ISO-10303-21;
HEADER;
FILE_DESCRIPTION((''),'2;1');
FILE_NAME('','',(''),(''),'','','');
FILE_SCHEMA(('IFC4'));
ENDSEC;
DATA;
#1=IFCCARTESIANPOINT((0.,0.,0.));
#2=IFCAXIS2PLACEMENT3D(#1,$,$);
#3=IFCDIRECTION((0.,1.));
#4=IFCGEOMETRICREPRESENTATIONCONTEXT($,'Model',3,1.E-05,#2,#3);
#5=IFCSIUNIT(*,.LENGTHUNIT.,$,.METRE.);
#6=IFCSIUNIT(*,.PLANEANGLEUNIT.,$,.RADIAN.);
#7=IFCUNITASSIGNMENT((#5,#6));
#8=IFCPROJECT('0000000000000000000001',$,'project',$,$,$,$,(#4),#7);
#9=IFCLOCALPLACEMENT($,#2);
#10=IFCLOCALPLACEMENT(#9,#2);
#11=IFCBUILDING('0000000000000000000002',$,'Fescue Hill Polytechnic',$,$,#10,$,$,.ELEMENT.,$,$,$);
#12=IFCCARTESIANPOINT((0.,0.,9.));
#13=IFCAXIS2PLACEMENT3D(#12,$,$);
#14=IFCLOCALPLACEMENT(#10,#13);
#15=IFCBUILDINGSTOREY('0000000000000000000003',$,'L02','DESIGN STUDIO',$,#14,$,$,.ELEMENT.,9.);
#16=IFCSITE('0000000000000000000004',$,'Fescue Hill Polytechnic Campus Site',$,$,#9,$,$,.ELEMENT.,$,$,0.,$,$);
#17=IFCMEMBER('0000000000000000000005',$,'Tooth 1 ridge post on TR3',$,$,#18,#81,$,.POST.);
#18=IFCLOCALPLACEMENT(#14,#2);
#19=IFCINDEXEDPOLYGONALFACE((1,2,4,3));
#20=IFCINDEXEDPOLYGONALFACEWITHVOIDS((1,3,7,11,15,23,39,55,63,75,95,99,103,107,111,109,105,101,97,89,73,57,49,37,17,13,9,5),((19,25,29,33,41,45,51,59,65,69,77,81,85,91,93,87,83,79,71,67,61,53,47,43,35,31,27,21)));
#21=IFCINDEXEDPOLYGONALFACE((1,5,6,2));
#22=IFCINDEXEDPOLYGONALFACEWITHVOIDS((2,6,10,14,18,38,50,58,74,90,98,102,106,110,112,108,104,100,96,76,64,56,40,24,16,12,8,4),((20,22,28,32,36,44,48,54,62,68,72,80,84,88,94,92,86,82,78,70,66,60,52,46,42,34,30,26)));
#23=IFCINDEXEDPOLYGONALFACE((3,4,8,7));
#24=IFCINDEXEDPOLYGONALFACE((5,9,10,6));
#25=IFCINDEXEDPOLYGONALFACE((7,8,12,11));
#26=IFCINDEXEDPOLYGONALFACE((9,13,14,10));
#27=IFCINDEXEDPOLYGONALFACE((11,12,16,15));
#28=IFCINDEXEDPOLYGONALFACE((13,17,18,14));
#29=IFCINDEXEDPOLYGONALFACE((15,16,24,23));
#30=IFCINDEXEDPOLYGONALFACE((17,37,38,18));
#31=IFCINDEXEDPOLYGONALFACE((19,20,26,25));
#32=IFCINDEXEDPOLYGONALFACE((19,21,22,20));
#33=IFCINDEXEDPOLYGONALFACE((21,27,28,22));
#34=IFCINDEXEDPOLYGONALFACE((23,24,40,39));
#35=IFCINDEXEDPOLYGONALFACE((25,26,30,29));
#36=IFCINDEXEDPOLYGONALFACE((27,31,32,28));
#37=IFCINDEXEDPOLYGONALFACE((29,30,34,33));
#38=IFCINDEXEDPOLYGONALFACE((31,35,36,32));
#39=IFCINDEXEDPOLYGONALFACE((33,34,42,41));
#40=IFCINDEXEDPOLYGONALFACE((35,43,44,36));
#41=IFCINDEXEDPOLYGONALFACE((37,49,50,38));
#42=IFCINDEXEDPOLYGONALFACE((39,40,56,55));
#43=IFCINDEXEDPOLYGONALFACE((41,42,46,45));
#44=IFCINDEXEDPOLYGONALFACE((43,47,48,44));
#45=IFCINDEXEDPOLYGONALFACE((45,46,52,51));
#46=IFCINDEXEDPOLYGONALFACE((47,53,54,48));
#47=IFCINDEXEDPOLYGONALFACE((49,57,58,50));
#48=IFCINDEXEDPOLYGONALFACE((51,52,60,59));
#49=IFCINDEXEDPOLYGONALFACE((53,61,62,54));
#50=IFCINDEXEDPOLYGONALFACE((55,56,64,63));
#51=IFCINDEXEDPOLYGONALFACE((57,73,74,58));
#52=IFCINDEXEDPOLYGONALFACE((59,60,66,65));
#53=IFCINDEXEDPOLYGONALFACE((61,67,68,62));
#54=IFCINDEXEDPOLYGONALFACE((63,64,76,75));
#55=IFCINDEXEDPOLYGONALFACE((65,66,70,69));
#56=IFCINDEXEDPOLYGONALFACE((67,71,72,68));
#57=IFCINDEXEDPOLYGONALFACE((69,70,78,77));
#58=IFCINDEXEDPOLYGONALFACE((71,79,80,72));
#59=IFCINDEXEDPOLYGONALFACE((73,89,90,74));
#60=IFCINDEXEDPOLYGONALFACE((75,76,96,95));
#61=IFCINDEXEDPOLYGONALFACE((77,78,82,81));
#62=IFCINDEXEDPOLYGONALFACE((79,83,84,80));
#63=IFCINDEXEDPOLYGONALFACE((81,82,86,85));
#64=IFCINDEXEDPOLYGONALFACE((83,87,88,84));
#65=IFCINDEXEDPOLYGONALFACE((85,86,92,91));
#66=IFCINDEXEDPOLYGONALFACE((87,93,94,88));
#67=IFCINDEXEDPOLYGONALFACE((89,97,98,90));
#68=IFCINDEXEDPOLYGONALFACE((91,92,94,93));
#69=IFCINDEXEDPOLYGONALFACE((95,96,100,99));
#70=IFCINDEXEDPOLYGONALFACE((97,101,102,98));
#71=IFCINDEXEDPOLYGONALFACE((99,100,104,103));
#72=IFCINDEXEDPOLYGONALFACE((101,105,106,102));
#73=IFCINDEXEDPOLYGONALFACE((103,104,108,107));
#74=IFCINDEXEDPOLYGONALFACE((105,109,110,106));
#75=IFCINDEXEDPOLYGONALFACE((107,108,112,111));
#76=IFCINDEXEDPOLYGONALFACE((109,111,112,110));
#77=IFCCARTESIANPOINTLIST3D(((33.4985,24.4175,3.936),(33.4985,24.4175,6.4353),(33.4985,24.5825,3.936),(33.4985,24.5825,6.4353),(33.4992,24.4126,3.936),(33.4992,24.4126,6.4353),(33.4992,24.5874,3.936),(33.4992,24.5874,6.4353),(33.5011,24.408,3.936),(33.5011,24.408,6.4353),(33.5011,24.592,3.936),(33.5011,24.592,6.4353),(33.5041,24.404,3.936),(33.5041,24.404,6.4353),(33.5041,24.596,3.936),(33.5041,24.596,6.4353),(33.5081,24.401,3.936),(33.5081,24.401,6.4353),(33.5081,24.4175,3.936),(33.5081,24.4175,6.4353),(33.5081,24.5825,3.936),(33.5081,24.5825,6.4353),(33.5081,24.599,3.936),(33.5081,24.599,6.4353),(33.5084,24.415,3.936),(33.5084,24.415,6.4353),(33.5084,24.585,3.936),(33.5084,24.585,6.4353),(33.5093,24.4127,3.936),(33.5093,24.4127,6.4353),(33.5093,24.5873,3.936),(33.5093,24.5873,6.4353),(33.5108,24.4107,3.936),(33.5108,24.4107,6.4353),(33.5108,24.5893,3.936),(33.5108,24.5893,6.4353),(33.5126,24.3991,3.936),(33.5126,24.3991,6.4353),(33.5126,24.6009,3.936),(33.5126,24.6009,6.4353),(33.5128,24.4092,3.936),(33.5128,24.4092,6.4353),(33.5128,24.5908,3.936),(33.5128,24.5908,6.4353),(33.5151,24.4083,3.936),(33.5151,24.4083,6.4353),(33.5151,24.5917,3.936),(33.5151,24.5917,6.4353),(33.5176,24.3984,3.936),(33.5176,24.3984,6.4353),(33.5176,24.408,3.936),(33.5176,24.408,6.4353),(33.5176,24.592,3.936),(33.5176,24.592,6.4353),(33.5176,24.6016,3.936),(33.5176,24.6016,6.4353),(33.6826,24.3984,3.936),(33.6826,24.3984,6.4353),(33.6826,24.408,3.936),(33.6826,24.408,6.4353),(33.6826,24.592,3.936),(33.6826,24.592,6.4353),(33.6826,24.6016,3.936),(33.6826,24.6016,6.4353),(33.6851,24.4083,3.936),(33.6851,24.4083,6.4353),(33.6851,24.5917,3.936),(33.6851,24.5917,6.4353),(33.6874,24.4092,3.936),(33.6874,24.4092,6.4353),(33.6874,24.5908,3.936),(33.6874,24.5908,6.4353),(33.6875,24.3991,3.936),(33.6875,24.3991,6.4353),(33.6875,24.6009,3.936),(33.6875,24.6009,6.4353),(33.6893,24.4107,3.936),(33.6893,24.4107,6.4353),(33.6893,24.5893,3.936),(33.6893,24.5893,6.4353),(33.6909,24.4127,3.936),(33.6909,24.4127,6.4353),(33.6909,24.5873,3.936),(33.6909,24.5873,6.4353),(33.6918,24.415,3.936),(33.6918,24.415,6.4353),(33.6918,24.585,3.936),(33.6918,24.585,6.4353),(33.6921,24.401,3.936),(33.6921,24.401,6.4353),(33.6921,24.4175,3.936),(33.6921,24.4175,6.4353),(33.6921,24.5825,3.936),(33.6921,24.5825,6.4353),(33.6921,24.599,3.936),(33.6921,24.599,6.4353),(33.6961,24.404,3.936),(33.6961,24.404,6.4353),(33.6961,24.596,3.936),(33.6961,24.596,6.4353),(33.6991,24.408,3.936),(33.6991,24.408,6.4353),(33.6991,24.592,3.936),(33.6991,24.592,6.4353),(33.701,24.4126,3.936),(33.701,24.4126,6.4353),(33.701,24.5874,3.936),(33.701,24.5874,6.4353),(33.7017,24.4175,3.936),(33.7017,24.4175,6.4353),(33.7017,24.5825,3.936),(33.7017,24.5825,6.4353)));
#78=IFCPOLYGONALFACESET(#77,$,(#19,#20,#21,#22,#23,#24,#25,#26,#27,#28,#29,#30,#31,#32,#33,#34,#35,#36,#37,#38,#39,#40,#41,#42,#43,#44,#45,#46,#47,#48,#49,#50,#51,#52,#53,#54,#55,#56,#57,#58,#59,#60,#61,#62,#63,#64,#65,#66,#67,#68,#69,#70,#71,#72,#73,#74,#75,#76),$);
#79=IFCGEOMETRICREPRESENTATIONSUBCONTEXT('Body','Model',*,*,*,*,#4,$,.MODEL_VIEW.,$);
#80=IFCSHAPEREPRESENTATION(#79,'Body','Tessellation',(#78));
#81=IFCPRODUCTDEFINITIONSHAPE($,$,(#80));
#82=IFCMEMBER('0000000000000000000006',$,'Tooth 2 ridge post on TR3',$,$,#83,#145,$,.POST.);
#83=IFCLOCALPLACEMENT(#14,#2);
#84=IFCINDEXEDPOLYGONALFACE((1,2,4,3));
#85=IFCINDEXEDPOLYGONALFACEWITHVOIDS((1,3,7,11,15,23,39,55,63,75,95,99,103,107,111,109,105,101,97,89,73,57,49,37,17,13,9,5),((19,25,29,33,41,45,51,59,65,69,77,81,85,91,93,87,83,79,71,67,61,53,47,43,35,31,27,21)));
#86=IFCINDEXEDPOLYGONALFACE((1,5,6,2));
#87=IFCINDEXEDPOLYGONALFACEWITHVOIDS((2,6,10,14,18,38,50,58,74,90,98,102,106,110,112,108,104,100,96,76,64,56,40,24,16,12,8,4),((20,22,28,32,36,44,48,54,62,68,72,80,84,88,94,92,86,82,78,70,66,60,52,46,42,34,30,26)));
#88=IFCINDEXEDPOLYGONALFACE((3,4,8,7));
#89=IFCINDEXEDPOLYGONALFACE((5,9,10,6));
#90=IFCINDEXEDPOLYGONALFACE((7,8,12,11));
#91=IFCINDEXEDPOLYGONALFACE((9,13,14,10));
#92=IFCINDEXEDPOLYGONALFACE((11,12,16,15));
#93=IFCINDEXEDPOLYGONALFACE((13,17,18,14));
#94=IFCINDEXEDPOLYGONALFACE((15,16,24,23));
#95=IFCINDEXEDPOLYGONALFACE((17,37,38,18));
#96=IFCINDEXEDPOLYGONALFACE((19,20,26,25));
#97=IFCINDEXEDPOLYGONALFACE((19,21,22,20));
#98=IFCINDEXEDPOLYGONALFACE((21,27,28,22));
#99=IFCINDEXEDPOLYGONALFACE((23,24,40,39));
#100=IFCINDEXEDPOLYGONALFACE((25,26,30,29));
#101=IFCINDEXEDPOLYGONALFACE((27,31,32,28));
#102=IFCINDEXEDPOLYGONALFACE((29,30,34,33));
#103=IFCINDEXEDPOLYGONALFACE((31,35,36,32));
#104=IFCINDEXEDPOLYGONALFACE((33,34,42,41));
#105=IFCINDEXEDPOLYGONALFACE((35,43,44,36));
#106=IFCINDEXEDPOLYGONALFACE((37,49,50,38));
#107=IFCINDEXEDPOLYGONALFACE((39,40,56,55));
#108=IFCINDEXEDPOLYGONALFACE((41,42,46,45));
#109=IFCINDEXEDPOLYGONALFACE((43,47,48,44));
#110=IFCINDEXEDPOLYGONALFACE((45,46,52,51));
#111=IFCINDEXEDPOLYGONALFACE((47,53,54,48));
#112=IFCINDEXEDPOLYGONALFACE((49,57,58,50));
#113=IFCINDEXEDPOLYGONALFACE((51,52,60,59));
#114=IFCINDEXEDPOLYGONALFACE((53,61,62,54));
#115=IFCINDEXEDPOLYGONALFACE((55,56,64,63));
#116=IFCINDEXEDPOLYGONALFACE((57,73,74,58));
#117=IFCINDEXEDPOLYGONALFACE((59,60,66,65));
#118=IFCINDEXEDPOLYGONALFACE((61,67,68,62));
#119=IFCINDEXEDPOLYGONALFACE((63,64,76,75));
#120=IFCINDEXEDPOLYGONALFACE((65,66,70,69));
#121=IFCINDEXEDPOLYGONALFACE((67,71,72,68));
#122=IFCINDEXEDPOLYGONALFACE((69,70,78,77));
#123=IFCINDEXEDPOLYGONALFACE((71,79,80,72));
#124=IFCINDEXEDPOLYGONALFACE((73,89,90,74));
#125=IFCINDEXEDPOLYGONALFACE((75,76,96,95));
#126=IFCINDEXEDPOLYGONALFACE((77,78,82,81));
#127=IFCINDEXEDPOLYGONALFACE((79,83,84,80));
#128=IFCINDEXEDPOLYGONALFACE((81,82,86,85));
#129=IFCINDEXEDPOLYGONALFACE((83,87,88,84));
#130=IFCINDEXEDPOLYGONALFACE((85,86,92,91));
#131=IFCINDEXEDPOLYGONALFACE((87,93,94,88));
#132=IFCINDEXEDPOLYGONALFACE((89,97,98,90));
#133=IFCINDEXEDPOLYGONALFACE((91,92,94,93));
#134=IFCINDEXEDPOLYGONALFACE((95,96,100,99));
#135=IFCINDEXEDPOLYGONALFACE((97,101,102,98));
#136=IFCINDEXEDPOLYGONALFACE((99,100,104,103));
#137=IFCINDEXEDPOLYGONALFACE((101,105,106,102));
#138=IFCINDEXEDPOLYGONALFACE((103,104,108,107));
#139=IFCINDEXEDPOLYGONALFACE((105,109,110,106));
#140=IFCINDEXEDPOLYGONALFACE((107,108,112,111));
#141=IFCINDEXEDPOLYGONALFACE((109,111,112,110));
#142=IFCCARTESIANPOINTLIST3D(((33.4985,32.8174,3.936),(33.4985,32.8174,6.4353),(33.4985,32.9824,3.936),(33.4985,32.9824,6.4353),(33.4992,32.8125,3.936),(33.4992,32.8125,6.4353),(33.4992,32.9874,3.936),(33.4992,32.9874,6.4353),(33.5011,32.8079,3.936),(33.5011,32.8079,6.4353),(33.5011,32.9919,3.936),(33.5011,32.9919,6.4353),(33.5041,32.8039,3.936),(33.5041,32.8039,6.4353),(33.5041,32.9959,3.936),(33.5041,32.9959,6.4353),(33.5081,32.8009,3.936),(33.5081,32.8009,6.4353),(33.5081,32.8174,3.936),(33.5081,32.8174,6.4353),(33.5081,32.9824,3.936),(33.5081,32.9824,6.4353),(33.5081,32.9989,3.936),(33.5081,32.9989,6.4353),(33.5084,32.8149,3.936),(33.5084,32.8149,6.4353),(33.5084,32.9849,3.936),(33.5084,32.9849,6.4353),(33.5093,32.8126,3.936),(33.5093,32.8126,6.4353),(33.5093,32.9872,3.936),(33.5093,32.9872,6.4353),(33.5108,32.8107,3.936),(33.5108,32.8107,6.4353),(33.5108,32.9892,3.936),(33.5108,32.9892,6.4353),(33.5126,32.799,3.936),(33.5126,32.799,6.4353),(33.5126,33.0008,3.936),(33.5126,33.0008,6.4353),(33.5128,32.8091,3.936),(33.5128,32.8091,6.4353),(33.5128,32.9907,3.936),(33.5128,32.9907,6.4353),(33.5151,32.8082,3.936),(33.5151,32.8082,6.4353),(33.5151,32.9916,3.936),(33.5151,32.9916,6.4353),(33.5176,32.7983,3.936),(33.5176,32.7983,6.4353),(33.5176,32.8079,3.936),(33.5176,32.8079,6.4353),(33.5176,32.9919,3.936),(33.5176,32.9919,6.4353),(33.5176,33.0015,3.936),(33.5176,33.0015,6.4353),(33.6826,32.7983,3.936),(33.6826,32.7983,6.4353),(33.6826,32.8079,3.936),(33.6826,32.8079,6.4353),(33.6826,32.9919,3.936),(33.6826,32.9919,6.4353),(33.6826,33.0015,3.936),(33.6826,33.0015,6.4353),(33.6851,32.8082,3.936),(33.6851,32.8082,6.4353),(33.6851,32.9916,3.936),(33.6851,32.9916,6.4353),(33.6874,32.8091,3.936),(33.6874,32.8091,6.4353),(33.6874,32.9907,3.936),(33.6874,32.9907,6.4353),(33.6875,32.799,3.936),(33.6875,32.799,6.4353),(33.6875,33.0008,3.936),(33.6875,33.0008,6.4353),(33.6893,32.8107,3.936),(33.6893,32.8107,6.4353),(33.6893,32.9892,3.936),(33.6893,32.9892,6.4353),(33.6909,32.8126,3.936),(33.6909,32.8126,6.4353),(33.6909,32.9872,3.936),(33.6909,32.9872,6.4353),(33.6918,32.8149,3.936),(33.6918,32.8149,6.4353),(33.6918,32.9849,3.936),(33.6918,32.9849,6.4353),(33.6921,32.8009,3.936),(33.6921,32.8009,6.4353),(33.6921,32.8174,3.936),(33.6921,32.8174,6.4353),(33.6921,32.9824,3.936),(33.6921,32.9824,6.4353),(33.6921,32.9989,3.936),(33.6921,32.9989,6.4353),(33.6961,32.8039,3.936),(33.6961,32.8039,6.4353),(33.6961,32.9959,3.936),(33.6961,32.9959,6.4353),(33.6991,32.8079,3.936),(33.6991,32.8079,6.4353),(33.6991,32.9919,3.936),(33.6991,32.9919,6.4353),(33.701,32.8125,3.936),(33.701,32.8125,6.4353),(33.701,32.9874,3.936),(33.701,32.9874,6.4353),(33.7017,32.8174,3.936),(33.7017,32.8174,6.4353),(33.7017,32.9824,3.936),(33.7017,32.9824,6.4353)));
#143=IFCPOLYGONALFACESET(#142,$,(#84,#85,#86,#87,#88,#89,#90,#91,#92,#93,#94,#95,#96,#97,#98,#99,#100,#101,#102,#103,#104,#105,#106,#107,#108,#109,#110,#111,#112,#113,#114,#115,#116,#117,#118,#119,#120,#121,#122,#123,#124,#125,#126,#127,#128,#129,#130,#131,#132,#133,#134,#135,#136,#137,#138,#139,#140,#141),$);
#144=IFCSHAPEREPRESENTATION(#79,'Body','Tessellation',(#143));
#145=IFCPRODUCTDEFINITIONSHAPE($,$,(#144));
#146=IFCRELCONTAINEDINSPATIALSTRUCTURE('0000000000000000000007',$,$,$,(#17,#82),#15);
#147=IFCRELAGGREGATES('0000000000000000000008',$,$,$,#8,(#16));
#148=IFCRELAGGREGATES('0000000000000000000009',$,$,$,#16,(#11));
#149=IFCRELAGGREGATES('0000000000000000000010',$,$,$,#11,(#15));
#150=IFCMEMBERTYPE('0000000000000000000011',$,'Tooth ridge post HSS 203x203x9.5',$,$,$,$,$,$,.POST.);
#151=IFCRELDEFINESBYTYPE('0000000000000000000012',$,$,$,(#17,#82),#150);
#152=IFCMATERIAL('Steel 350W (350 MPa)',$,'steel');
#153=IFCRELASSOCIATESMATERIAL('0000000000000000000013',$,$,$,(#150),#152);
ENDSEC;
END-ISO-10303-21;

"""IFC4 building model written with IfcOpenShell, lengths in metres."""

from ifc_helpers import new_model, si_unit, direction, frame, origin, origin_2d, place, context, subcontext, project, spatial, hollow_rectangle, extrude, material, material_profile, profile_set, type_object, element, save


model = new_model("IFC4")

# Units and contexts
model_context = context("Model", 3, precision=1e-05, world=origin(), true_north=direction((0.0, 1.0)))
body_context = subcontext(model_context, "Body", "Model", "MODEL_VIEW")
ifc_project = project(units=[si_unit("LENGTHUNIT", "METRE"), si_unit("PLANEANGLEUNIT", "RADIAN")], contexts=[model_context])

# Site, building, storey
site_placement = place(None, origin())
site = spatial("IfcSite", under=ifc_project, at=site_placement, Name="Fescue Hill Polytechnic Campus Site", CompositionType="ELEMENT", RefElevation=0.0)
building_placement = place(site_placement, origin())
building = spatial("IfcBuilding", under=site, at=building_placement, Name="Fescue Hill Polytechnic", CompositionType="ELEMENT")
storey_placement = place(building_placement, frame((0.0, 0.0, 9.0)))
storey = spatial("IfcBuildingStorey", under=building, at=storey_placement, Name="L02", Description="DESIGN STUDIO", CompositionType="ELEMENT", Elevation=9.0)

# Members
ifc_material = material(Name="Steel 350W (350 MPa)", Category="steel")
ifc_material_profile_1 = material_profile(ifc_material, hollow_rectangle(XDim=0.2031, YDim=0.2031, WallThickness=0.0095, InnerFilletRadius=0.0095, OuterFilletRadius=0.019, at=origin_2d()), Name="Tooth ridge post HSS 203x203x9.5")
ifc_profile_set_1 = profile_set([ifc_material_profile_1], Name="Steel 350W (350 MPa)")
member_type_1 = type_object("IfcMemberType", Name="Tooth ridge post HSS 203x203x9.5", PredefinedType="POST", material=ifc_profile_set_1)
for number, where, z_axis, x_axis, name in (
    (1, (33.6001, 24.5, 3.936), (0.0, 0.0, 1.0), (1.0, 0.0, 0.0), "Tooth 1 ridge post on TR3"),
    (2, (33.6001, 32.8999, 3.936), (0.0, 0.0, 1.0), (1.0, 0.0, 0.0), "Tooth 2 ridge post on TR3"),
):
    element("IfcMember", number, at=place(storey_placement, frame(where, z_axis=z_axis, x_axis=x_axis)), inside=storey, type_object=member_type_1, Name=name, PredefinedType="POST", context=body_context, shape_type="SweptSolid", body=[
        extrude(hollow_rectangle(XDim=0.2031, YDim=0.2031, WallThickness=0.0095, InnerFilletRadius=0.0095, OuterFilletRadius=0.019, at=origin_2d()), origin(), (0.0, 0.0, 1.0), 2.4993),
    ])

save(model, "model.ifc")
